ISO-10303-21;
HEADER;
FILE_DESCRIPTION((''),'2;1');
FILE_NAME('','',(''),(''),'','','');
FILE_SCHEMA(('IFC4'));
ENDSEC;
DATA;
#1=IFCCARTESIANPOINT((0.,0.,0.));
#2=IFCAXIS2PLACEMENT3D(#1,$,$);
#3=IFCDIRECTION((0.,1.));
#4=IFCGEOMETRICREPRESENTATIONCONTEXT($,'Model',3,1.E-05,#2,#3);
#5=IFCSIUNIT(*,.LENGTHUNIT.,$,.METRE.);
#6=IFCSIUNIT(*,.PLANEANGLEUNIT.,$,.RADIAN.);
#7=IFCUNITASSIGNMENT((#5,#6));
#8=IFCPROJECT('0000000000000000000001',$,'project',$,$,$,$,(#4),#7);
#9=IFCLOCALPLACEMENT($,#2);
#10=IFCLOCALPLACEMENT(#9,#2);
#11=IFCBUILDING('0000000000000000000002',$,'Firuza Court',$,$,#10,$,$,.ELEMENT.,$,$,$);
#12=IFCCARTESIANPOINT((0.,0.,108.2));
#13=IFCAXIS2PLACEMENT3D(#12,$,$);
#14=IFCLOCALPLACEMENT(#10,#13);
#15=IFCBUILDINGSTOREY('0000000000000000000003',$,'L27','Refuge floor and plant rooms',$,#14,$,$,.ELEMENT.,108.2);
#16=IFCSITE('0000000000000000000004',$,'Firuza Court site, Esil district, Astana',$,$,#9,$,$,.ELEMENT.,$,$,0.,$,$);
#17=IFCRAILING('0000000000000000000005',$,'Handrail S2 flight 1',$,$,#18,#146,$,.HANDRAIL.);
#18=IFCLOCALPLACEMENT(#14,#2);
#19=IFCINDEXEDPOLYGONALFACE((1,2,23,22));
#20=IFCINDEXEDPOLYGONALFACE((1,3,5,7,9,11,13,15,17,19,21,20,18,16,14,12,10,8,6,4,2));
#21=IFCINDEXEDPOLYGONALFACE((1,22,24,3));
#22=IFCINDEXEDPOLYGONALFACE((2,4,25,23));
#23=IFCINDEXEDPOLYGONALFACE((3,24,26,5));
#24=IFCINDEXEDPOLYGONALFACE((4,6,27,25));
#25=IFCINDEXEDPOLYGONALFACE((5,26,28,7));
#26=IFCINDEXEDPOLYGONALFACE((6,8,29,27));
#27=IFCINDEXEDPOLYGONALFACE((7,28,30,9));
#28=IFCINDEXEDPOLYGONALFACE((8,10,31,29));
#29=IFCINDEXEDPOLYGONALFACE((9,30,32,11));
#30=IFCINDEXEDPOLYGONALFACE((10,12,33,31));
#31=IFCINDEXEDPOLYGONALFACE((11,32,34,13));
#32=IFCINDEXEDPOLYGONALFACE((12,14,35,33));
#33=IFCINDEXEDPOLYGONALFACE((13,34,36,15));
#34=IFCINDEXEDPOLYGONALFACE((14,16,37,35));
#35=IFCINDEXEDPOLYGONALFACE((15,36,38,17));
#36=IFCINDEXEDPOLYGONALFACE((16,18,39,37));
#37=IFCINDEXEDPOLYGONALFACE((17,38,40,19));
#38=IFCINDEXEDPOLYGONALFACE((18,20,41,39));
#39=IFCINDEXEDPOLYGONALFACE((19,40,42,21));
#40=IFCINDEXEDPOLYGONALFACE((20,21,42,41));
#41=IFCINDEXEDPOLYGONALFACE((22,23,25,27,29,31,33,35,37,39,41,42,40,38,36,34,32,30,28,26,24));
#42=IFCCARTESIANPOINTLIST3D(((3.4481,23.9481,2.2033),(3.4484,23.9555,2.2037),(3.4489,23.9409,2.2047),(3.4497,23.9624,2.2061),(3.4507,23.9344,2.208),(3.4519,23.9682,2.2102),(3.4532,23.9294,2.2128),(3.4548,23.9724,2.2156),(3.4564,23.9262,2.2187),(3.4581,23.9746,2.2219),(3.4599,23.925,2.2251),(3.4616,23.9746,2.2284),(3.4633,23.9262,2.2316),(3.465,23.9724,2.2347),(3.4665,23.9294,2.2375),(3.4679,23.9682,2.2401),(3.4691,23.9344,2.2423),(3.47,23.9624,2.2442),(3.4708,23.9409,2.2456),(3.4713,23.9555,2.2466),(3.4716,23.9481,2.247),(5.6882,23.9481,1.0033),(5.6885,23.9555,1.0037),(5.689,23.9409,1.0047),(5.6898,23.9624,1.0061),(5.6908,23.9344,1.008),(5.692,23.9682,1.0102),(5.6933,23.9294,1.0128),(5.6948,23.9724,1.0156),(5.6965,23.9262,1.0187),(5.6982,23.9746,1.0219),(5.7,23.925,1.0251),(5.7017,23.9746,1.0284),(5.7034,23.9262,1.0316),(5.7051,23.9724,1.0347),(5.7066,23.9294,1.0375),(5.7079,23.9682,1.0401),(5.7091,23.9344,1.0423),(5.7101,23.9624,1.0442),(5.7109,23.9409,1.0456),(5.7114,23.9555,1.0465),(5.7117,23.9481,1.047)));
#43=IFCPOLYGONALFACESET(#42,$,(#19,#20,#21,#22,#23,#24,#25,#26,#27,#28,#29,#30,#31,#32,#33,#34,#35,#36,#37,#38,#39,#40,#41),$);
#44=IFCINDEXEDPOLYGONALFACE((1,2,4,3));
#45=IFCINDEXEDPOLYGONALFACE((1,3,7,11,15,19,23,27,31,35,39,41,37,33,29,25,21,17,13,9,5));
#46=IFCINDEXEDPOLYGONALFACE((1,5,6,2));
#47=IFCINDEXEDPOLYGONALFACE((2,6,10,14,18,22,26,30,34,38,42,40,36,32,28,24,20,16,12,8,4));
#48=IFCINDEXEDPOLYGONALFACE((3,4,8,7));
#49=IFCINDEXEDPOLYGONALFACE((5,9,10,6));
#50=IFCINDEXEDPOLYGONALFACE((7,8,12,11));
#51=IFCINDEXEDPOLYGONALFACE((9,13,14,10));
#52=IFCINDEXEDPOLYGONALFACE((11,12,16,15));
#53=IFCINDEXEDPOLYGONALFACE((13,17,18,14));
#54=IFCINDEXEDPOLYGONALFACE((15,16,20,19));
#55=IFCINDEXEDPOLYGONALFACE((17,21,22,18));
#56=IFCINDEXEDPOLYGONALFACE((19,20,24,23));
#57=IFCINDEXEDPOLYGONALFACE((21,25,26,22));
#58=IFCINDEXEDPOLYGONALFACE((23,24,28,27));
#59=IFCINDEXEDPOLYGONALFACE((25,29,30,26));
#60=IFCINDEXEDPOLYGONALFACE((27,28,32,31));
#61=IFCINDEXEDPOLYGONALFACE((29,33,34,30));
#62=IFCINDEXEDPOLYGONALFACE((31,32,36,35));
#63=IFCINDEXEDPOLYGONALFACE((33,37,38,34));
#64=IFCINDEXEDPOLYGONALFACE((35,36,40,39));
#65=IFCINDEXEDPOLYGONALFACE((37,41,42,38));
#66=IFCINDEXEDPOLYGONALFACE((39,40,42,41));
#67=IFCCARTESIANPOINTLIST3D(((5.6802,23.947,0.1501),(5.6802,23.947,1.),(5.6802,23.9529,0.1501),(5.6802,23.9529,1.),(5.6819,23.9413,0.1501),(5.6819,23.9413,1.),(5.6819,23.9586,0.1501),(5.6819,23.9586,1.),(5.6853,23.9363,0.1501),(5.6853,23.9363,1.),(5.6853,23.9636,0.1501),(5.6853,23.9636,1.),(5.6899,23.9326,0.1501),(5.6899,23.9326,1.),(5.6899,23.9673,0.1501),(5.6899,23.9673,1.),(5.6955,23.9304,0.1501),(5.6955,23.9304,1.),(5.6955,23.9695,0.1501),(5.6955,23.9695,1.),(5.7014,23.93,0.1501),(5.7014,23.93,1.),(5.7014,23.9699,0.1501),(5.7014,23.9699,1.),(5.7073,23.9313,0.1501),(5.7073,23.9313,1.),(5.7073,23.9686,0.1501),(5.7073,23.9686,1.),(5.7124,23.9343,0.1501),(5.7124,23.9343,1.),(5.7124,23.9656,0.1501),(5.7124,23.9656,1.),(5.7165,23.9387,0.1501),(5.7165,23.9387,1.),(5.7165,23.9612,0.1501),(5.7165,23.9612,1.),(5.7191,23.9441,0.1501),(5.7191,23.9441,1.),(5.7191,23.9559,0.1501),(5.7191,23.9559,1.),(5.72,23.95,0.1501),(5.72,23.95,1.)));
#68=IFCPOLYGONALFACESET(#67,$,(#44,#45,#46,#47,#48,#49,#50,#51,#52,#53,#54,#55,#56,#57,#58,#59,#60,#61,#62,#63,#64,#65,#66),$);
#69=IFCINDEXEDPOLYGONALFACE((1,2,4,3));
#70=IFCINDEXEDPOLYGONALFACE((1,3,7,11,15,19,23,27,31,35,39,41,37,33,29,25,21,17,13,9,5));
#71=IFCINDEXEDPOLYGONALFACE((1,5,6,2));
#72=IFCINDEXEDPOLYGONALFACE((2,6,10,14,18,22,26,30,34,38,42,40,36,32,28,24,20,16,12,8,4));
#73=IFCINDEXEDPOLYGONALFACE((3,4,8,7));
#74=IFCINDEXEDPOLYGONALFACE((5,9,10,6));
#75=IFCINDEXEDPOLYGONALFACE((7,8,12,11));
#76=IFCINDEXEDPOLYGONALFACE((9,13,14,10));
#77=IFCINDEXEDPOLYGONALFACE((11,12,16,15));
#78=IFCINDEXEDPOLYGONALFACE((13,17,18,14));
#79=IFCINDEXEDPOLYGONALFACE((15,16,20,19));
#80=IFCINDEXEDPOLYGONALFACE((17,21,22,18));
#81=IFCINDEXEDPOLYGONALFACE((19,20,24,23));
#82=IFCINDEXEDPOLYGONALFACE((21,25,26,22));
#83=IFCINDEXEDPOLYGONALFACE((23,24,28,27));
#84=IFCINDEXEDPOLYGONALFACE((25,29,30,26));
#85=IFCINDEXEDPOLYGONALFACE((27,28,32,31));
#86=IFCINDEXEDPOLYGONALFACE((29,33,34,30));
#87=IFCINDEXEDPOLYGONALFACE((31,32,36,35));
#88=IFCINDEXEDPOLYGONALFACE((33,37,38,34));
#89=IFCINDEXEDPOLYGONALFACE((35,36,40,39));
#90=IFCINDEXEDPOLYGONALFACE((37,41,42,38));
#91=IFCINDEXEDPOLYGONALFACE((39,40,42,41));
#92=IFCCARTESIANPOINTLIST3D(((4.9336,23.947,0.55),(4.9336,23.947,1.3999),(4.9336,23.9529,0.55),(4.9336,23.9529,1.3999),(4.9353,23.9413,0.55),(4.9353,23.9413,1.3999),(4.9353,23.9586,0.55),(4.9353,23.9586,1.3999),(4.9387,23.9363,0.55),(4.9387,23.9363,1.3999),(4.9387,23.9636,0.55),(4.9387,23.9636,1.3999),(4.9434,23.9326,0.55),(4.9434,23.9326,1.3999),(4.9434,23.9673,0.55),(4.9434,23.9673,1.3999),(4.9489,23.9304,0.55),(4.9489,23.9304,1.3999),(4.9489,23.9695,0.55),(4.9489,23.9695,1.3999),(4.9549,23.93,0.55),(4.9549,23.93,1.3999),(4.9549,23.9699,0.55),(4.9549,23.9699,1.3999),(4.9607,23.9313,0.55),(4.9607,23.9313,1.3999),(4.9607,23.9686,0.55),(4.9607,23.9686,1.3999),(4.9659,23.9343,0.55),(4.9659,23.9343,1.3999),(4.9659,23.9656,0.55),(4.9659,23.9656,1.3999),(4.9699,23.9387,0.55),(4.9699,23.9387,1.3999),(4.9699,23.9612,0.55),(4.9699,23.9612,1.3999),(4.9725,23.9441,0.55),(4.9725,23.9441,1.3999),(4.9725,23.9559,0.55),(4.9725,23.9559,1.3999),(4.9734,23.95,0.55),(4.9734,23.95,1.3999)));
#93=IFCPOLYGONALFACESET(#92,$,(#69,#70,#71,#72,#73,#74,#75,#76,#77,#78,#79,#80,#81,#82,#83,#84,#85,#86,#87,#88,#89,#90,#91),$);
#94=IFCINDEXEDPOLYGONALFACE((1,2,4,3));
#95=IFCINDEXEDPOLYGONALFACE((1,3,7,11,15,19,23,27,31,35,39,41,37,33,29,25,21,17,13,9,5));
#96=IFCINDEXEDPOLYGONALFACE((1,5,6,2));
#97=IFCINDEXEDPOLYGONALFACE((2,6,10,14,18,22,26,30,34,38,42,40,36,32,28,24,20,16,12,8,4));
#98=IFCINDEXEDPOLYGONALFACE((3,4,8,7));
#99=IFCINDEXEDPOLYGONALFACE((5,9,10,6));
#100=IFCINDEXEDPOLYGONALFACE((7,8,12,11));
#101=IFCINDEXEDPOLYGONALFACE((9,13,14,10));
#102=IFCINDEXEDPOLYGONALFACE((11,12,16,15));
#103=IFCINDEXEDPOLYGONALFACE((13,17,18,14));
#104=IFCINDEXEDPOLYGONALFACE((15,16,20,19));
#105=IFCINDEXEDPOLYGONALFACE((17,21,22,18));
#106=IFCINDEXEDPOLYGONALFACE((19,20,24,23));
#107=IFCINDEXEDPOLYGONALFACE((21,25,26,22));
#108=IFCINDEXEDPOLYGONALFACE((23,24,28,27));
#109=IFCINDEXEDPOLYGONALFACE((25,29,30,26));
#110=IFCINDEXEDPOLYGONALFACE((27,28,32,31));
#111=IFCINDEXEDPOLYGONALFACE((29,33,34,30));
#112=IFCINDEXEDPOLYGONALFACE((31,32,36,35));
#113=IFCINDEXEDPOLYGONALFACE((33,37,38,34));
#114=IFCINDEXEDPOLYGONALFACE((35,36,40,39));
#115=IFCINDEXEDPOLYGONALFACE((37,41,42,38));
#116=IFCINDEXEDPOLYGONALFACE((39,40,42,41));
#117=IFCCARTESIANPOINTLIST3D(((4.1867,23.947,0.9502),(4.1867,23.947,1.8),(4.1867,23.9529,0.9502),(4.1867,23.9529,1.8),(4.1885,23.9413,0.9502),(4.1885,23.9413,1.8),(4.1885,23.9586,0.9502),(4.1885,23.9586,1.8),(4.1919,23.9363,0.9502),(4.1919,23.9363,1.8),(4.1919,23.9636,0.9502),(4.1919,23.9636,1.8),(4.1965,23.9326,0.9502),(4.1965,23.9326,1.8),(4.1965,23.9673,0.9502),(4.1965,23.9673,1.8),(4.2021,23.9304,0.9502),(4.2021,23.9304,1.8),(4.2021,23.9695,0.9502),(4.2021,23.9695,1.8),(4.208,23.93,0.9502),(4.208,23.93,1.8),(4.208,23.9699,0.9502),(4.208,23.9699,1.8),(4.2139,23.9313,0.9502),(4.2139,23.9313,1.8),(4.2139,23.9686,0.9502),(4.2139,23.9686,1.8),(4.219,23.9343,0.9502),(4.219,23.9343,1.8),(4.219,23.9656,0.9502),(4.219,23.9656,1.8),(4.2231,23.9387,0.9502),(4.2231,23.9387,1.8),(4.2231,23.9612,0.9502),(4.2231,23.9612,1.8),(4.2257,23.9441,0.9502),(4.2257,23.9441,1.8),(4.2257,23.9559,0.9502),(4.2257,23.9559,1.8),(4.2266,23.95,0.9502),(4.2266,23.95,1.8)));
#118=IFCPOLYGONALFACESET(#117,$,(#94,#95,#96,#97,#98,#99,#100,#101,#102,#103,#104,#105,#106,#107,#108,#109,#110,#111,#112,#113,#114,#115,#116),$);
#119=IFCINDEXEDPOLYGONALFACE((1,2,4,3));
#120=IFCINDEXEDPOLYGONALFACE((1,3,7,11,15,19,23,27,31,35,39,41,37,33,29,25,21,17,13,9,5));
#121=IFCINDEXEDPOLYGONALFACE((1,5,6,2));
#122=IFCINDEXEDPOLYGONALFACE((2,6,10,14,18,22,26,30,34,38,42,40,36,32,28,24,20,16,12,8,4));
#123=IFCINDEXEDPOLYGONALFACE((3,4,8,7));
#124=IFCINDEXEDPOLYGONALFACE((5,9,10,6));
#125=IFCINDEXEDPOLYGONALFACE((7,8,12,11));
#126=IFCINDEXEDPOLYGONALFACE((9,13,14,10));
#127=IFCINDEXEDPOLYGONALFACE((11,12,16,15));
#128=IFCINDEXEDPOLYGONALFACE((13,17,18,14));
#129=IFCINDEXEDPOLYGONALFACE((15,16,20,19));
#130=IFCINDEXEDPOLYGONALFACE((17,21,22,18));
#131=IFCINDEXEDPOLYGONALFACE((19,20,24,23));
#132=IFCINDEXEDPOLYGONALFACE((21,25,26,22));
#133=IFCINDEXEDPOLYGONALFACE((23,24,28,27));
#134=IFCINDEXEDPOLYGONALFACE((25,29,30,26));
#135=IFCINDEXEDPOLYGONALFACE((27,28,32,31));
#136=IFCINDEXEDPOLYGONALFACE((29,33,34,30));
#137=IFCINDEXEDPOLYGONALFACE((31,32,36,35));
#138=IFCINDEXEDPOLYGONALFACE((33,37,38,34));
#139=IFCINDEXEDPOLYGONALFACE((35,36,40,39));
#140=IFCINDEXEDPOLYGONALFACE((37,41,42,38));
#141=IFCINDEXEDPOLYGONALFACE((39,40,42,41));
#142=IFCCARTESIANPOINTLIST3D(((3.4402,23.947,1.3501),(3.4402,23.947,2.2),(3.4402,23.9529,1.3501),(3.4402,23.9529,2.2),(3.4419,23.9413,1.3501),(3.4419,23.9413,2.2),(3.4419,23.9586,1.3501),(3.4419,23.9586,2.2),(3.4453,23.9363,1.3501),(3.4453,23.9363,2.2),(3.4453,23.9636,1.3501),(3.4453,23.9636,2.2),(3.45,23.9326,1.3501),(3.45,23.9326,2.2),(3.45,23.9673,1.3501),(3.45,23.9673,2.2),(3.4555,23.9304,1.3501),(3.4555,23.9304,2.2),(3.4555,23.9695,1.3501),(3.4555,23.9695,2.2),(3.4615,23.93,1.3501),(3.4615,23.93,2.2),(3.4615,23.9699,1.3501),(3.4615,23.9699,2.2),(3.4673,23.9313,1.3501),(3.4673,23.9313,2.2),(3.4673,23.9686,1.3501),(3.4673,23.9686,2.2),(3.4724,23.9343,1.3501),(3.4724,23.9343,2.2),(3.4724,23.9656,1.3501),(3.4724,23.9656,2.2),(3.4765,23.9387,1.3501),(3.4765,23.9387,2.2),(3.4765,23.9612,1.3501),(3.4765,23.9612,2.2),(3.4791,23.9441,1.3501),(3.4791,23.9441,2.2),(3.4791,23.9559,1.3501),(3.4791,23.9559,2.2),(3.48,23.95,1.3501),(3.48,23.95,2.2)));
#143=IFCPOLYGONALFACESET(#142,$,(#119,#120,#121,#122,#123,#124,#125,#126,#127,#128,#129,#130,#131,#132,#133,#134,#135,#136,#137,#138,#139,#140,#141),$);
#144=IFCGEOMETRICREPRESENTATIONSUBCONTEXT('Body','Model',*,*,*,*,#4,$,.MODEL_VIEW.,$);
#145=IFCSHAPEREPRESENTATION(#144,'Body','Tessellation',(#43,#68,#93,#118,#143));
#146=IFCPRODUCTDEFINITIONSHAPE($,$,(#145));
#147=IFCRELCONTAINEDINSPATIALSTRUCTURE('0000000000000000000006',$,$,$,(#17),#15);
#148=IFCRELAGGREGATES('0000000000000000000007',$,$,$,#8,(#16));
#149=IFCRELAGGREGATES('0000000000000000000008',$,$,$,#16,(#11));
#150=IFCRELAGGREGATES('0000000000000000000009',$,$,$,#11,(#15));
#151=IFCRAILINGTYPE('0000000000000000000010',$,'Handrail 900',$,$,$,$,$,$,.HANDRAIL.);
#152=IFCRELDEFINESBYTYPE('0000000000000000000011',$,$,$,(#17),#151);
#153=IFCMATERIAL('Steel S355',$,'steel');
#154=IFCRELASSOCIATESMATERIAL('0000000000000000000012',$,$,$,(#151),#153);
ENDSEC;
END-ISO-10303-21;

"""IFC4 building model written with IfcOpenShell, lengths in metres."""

from ifc_helpers import new_model, si_unit, direction, frame, origin, origin_2d, place, context, subcontext, project, spatial, circle, extrude, material, type_object, element, save


model = new_model("IFC4")

# Units and contexts
model_context = context("Model", 3, precision=1e-05, world=origin(), true_north=direction((0.0, 1.0)))
body_context = subcontext(model_context, "Body", "Model", "MODEL_VIEW")
ifc_project = project(units=[si_unit("LENGTHUNIT", "METRE"), si_unit("PLANEANGLEUNIT", "RADIAN")], contexts=[model_context])

# Site, building, storey
site_placement = place(None, origin())
site = spatial("IfcSite", under=ifc_project, at=site_placement, Name="Firuza Court site, Esil district, Astana", CompositionType="ELEMENT", RefElevation=0.0)
building_placement = place(site_placement, origin())
building = spatial("IfcBuilding", under=site, at=building_placement, Name="Firuza Court", CompositionType="ELEMENT")
storey_placement = place(building_placement, frame((0.0, 0.0, 108.2)))
storey = spatial("IfcBuildingStorey", under=building, at=storey_placement, Name="L27", Description="Refuge floor and plant rooms", CompositionType="ELEMENT", Elevation=108.2)

# Railing
ifc_material_1 = material(Name="Steel S355", Category="steel")
railing_type = type_object("IfcRailingType", Name="Handrail 900", PredefinedType="HANDRAIL", material=ifc_material_1)
for number, where, name in (
    (1, (5.7, 23.95, 0.1501), "Handrail S2 flight 1"),
):
    element("IfcRailing", number, at=place(storey_placement, frame(where)), inside=storey, type_object=railing_type, Name=name, PredefinedType="HANDRAIL", context=body_context, shape_type="SweptSolid", body=[
        extrude(circle(Radius=0.0249, at=origin_2d()), frame((0.0, 0.0, 0.875), z_axis=(-0.881487, 0.0, 0.472208), x_axis=(0.0, -1.0, 0.0)), (0.0, 0.0, 1.0), 2.5413),
        extrude(circle(Radius=0.02, at=origin_2d()), origin(), (0.0, 0.0, 1.0), 0.8499),
        extrude(circle(Radius=0.02, at=origin_2d()), frame((-0.7466, 0.0, 0.3999)), (0.0, 0.0, 1.0), 0.8499),
        extrude(circle(Radius=0.02, at=origin_2d()), frame((-1.4934, 0.0, 0.8)), (0.0, 0.0, 1.0), 0.8499),
        extrude(circle(Radius=0.02, at=origin_2d()), frame((-2.24, 0.0, 1.2)), (0.0, 0.0, 1.0), 0.8499),
    ])

save(model, "model.ifc")
